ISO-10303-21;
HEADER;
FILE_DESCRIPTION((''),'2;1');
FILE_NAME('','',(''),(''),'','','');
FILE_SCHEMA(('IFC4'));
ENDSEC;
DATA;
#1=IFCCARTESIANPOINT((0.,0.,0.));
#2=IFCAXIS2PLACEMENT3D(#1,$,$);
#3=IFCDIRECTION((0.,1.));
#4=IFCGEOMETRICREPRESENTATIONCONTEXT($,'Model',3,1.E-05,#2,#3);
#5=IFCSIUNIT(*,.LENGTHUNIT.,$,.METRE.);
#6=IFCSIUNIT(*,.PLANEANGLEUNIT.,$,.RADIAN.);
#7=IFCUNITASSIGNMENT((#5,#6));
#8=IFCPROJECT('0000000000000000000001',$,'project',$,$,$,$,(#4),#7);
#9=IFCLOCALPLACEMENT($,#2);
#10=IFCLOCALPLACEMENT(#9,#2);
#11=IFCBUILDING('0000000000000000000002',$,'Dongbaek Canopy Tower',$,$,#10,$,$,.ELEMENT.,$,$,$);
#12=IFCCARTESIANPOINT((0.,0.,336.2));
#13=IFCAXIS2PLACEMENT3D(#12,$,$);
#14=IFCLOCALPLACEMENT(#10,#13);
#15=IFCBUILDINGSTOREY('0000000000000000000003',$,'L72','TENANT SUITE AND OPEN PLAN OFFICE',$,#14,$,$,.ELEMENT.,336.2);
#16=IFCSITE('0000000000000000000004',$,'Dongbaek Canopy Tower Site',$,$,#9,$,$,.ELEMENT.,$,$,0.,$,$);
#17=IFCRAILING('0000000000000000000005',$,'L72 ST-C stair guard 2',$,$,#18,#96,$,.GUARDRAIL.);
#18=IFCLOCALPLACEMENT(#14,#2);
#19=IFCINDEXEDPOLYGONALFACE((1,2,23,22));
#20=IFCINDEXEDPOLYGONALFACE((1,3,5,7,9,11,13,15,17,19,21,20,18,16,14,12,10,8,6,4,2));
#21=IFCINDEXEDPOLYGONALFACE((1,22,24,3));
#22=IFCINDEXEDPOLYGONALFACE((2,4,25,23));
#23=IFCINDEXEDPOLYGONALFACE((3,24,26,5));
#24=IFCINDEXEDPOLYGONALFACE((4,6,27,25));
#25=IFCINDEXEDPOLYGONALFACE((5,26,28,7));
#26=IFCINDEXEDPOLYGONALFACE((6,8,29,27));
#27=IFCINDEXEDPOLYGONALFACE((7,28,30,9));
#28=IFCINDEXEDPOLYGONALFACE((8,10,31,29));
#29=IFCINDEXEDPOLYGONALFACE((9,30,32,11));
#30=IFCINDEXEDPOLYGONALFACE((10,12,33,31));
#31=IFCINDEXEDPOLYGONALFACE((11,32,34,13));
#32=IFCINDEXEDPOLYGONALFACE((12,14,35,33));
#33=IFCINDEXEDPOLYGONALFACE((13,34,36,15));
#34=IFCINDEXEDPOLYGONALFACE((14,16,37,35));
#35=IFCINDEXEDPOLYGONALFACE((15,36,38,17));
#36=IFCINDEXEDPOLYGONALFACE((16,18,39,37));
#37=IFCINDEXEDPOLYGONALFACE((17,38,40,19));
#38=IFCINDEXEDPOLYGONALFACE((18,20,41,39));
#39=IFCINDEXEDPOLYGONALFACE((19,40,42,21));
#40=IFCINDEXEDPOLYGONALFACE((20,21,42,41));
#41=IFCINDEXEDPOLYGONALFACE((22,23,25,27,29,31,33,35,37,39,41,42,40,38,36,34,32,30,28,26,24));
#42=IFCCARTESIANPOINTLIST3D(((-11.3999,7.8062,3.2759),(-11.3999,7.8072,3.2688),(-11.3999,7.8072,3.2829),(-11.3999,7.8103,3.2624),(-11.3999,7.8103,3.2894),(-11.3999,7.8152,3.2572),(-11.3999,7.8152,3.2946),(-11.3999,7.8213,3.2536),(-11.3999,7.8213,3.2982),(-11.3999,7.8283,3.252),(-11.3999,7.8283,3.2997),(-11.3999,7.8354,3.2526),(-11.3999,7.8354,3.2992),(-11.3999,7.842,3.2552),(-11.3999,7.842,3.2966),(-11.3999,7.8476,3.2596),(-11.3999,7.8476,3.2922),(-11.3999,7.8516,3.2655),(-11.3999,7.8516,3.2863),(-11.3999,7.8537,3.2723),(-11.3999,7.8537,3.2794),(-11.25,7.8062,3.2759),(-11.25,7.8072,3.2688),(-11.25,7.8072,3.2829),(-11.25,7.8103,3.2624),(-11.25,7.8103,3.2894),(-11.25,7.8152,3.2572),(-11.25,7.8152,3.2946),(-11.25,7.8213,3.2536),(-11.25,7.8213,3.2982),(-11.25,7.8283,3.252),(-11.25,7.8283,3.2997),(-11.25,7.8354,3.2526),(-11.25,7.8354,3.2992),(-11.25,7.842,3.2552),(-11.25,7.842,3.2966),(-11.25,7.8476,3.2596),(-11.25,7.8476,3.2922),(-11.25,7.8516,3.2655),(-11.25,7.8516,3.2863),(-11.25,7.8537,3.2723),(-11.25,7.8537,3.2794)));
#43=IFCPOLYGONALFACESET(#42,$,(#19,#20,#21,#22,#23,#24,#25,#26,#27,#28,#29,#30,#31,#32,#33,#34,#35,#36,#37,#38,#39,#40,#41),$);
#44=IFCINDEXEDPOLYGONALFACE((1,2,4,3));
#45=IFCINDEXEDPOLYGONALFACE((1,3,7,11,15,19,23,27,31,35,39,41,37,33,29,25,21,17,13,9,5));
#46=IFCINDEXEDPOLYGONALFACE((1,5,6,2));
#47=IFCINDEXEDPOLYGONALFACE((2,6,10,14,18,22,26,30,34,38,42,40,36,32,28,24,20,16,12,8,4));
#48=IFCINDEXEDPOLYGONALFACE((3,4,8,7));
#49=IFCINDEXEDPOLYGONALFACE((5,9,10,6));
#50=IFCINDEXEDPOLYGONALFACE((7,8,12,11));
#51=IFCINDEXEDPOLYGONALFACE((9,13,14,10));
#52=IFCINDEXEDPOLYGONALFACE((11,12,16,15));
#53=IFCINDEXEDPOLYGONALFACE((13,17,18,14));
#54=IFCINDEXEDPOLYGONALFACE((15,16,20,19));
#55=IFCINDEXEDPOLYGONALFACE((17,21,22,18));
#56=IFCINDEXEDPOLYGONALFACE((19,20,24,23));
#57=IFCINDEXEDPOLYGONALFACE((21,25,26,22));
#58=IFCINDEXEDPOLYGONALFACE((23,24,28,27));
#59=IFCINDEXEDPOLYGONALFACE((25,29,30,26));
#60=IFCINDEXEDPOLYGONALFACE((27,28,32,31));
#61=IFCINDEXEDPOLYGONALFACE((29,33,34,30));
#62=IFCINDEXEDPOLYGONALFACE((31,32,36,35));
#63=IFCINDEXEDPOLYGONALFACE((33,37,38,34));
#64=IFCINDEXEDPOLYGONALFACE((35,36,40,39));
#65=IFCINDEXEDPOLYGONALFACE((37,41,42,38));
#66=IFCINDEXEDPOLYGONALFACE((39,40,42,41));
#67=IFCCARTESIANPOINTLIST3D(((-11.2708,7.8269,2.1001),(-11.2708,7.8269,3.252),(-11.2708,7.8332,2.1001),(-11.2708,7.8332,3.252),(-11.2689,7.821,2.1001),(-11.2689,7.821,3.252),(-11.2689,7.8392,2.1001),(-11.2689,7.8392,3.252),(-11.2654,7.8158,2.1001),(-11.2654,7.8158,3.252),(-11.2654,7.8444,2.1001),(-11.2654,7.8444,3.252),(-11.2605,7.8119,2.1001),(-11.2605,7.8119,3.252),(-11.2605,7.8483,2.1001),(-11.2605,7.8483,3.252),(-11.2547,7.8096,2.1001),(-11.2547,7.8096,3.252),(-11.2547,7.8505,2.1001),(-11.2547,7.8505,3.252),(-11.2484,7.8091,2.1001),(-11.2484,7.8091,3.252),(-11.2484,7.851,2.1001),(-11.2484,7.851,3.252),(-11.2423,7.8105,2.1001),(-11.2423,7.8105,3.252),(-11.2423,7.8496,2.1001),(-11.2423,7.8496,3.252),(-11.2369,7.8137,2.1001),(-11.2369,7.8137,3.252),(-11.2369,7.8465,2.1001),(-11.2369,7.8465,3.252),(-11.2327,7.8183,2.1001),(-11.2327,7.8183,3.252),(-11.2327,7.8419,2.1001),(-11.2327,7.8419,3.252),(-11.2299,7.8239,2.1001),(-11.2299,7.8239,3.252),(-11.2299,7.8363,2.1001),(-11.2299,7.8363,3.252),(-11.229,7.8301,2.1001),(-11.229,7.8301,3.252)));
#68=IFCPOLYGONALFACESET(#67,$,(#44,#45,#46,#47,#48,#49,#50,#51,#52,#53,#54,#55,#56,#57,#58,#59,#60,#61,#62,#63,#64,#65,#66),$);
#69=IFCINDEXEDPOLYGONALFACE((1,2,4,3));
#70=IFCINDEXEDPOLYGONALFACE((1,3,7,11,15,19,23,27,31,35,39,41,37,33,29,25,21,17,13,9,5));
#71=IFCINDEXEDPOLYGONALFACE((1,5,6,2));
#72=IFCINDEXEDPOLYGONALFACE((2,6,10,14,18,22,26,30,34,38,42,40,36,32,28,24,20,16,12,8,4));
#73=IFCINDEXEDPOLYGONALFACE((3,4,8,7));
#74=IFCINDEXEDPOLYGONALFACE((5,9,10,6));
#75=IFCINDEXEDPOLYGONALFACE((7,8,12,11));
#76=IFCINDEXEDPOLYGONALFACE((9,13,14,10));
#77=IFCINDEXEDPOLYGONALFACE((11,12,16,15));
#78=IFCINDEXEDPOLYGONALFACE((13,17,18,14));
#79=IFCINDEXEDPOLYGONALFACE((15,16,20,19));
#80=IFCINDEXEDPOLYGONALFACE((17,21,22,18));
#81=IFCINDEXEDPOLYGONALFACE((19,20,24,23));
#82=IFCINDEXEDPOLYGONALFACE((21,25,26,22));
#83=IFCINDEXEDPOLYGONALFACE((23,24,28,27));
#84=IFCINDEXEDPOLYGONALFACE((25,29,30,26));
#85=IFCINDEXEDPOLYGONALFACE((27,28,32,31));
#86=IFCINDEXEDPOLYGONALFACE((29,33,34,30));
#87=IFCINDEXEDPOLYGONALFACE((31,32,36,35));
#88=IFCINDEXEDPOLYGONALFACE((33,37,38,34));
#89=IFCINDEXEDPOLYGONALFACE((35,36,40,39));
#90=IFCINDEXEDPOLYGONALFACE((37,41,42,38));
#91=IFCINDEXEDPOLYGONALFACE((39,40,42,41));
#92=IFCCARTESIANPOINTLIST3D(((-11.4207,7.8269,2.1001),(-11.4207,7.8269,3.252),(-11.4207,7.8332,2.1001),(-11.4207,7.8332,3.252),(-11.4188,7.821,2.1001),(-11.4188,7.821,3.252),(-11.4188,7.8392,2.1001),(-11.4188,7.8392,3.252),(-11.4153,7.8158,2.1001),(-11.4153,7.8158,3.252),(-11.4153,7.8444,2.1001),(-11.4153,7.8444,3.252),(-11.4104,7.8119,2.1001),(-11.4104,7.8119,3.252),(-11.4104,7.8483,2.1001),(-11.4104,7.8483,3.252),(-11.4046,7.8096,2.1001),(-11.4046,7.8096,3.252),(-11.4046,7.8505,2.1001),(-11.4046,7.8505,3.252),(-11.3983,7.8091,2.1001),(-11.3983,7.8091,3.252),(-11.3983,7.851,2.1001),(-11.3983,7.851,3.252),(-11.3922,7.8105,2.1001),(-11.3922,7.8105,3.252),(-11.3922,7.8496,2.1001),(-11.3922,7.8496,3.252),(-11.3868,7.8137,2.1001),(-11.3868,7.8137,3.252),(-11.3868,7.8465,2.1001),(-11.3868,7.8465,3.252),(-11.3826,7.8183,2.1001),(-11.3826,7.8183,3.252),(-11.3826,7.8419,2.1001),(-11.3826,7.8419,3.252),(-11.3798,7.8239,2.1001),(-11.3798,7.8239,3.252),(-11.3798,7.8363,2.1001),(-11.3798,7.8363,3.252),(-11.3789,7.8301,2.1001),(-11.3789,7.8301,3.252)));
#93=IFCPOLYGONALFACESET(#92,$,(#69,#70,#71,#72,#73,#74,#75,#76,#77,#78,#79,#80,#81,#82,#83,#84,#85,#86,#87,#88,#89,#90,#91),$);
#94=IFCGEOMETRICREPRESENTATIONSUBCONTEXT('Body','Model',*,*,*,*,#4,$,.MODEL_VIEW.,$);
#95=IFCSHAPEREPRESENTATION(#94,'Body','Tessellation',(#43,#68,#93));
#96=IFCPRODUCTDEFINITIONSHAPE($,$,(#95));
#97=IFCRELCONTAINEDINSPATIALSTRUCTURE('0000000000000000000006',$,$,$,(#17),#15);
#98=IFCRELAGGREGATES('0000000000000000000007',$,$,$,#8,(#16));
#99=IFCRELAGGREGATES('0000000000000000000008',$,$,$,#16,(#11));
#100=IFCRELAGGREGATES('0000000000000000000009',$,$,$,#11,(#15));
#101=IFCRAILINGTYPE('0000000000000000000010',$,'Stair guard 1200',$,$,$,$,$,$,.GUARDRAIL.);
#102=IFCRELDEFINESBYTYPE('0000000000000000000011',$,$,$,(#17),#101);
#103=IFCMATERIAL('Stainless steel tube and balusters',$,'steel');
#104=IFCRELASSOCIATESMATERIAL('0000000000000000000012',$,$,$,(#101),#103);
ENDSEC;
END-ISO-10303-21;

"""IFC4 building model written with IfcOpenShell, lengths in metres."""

from ifc_helpers import new_model, si_unit, direction, frame, origin, origin_2d, place, context, subcontext, project, spatial, circle, extrude, material, type_object, element, save


model = new_model("IFC4")

# Units and contexts
model_context = context("Model", 3, precision=1e-05, world=origin(), true_north=direction((0.0, 1.0)))
body_context = subcontext(model_context, "Body", "Model", "MODEL_VIEW")
ifc_project = project(units=[si_unit("LENGTHUNIT", "METRE"), si_unit("PLANEANGLEUNIT", "RADIAN")], contexts=[model_context])

# Site, building, storey
site_placement = place(None, origin())
site = spatial("IfcSite", under=ifc_project, at=site_placement, Name="Dongbaek Canopy Tower Site", CompositionType="ELEMENT", RefElevation=0.0)
building_placement = place(site_placement, origin())
building = spatial("IfcBuilding", under=site, at=building_placement, Name="Dongbaek Canopy Tower", CompositionType="ELEMENT")
storey_placement = place(building_placement, frame((0.0, 0.0, 336.2)))
storey = spatial("IfcBuildingStorey", under=building, at=storey_placement, Name="L72", Description="TENANT SUITE AND OPEN PLAN OFFICE", CompositionType="ELEMENT", Elevation=336.2)

# Railing
ifc_material_1 = material(Name="Stainless steel tube and balusters", Category="steel")
railing_type_1 = type_object("IfcRailingType", Name="Stair guard 1200", PredefinedType="GUARDRAIL", material=ifc_material_1)
railing_1_placement = place(storey_placement, frame((-11.25, 7.8301, 2.1001)))
element("IfcRailing", 1, at=railing_1_placement, inside=storey, type_object=railing_type_1, Name="L72 ST-C stair guard 2", PredefinedType="GUARDRAIL", context=body_context, shape_type="SweptSolid", body=[
    extrude(circle(Radius=0.0239, at=origin_2d()), frame((0.0, 0.0, 1.1758), z_axis=(-1.0, 0.0, 0.0), x_axis=(0.0, -1.0, 0.0)), (0.0, 0.0, 1.0), 0.1499),
    extrude(circle(Radius=0.021, at=origin_2d()), origin(), (0.0, 0.0, 1.0), 1.1519),
    extrude(circle(Radius=0.021, at=origin_2d()), frame((-0.1499, 0.0, 0.0)), (0.0, 0.0, 1.0), 1.1519),
])

save(model, "model.ifc")
